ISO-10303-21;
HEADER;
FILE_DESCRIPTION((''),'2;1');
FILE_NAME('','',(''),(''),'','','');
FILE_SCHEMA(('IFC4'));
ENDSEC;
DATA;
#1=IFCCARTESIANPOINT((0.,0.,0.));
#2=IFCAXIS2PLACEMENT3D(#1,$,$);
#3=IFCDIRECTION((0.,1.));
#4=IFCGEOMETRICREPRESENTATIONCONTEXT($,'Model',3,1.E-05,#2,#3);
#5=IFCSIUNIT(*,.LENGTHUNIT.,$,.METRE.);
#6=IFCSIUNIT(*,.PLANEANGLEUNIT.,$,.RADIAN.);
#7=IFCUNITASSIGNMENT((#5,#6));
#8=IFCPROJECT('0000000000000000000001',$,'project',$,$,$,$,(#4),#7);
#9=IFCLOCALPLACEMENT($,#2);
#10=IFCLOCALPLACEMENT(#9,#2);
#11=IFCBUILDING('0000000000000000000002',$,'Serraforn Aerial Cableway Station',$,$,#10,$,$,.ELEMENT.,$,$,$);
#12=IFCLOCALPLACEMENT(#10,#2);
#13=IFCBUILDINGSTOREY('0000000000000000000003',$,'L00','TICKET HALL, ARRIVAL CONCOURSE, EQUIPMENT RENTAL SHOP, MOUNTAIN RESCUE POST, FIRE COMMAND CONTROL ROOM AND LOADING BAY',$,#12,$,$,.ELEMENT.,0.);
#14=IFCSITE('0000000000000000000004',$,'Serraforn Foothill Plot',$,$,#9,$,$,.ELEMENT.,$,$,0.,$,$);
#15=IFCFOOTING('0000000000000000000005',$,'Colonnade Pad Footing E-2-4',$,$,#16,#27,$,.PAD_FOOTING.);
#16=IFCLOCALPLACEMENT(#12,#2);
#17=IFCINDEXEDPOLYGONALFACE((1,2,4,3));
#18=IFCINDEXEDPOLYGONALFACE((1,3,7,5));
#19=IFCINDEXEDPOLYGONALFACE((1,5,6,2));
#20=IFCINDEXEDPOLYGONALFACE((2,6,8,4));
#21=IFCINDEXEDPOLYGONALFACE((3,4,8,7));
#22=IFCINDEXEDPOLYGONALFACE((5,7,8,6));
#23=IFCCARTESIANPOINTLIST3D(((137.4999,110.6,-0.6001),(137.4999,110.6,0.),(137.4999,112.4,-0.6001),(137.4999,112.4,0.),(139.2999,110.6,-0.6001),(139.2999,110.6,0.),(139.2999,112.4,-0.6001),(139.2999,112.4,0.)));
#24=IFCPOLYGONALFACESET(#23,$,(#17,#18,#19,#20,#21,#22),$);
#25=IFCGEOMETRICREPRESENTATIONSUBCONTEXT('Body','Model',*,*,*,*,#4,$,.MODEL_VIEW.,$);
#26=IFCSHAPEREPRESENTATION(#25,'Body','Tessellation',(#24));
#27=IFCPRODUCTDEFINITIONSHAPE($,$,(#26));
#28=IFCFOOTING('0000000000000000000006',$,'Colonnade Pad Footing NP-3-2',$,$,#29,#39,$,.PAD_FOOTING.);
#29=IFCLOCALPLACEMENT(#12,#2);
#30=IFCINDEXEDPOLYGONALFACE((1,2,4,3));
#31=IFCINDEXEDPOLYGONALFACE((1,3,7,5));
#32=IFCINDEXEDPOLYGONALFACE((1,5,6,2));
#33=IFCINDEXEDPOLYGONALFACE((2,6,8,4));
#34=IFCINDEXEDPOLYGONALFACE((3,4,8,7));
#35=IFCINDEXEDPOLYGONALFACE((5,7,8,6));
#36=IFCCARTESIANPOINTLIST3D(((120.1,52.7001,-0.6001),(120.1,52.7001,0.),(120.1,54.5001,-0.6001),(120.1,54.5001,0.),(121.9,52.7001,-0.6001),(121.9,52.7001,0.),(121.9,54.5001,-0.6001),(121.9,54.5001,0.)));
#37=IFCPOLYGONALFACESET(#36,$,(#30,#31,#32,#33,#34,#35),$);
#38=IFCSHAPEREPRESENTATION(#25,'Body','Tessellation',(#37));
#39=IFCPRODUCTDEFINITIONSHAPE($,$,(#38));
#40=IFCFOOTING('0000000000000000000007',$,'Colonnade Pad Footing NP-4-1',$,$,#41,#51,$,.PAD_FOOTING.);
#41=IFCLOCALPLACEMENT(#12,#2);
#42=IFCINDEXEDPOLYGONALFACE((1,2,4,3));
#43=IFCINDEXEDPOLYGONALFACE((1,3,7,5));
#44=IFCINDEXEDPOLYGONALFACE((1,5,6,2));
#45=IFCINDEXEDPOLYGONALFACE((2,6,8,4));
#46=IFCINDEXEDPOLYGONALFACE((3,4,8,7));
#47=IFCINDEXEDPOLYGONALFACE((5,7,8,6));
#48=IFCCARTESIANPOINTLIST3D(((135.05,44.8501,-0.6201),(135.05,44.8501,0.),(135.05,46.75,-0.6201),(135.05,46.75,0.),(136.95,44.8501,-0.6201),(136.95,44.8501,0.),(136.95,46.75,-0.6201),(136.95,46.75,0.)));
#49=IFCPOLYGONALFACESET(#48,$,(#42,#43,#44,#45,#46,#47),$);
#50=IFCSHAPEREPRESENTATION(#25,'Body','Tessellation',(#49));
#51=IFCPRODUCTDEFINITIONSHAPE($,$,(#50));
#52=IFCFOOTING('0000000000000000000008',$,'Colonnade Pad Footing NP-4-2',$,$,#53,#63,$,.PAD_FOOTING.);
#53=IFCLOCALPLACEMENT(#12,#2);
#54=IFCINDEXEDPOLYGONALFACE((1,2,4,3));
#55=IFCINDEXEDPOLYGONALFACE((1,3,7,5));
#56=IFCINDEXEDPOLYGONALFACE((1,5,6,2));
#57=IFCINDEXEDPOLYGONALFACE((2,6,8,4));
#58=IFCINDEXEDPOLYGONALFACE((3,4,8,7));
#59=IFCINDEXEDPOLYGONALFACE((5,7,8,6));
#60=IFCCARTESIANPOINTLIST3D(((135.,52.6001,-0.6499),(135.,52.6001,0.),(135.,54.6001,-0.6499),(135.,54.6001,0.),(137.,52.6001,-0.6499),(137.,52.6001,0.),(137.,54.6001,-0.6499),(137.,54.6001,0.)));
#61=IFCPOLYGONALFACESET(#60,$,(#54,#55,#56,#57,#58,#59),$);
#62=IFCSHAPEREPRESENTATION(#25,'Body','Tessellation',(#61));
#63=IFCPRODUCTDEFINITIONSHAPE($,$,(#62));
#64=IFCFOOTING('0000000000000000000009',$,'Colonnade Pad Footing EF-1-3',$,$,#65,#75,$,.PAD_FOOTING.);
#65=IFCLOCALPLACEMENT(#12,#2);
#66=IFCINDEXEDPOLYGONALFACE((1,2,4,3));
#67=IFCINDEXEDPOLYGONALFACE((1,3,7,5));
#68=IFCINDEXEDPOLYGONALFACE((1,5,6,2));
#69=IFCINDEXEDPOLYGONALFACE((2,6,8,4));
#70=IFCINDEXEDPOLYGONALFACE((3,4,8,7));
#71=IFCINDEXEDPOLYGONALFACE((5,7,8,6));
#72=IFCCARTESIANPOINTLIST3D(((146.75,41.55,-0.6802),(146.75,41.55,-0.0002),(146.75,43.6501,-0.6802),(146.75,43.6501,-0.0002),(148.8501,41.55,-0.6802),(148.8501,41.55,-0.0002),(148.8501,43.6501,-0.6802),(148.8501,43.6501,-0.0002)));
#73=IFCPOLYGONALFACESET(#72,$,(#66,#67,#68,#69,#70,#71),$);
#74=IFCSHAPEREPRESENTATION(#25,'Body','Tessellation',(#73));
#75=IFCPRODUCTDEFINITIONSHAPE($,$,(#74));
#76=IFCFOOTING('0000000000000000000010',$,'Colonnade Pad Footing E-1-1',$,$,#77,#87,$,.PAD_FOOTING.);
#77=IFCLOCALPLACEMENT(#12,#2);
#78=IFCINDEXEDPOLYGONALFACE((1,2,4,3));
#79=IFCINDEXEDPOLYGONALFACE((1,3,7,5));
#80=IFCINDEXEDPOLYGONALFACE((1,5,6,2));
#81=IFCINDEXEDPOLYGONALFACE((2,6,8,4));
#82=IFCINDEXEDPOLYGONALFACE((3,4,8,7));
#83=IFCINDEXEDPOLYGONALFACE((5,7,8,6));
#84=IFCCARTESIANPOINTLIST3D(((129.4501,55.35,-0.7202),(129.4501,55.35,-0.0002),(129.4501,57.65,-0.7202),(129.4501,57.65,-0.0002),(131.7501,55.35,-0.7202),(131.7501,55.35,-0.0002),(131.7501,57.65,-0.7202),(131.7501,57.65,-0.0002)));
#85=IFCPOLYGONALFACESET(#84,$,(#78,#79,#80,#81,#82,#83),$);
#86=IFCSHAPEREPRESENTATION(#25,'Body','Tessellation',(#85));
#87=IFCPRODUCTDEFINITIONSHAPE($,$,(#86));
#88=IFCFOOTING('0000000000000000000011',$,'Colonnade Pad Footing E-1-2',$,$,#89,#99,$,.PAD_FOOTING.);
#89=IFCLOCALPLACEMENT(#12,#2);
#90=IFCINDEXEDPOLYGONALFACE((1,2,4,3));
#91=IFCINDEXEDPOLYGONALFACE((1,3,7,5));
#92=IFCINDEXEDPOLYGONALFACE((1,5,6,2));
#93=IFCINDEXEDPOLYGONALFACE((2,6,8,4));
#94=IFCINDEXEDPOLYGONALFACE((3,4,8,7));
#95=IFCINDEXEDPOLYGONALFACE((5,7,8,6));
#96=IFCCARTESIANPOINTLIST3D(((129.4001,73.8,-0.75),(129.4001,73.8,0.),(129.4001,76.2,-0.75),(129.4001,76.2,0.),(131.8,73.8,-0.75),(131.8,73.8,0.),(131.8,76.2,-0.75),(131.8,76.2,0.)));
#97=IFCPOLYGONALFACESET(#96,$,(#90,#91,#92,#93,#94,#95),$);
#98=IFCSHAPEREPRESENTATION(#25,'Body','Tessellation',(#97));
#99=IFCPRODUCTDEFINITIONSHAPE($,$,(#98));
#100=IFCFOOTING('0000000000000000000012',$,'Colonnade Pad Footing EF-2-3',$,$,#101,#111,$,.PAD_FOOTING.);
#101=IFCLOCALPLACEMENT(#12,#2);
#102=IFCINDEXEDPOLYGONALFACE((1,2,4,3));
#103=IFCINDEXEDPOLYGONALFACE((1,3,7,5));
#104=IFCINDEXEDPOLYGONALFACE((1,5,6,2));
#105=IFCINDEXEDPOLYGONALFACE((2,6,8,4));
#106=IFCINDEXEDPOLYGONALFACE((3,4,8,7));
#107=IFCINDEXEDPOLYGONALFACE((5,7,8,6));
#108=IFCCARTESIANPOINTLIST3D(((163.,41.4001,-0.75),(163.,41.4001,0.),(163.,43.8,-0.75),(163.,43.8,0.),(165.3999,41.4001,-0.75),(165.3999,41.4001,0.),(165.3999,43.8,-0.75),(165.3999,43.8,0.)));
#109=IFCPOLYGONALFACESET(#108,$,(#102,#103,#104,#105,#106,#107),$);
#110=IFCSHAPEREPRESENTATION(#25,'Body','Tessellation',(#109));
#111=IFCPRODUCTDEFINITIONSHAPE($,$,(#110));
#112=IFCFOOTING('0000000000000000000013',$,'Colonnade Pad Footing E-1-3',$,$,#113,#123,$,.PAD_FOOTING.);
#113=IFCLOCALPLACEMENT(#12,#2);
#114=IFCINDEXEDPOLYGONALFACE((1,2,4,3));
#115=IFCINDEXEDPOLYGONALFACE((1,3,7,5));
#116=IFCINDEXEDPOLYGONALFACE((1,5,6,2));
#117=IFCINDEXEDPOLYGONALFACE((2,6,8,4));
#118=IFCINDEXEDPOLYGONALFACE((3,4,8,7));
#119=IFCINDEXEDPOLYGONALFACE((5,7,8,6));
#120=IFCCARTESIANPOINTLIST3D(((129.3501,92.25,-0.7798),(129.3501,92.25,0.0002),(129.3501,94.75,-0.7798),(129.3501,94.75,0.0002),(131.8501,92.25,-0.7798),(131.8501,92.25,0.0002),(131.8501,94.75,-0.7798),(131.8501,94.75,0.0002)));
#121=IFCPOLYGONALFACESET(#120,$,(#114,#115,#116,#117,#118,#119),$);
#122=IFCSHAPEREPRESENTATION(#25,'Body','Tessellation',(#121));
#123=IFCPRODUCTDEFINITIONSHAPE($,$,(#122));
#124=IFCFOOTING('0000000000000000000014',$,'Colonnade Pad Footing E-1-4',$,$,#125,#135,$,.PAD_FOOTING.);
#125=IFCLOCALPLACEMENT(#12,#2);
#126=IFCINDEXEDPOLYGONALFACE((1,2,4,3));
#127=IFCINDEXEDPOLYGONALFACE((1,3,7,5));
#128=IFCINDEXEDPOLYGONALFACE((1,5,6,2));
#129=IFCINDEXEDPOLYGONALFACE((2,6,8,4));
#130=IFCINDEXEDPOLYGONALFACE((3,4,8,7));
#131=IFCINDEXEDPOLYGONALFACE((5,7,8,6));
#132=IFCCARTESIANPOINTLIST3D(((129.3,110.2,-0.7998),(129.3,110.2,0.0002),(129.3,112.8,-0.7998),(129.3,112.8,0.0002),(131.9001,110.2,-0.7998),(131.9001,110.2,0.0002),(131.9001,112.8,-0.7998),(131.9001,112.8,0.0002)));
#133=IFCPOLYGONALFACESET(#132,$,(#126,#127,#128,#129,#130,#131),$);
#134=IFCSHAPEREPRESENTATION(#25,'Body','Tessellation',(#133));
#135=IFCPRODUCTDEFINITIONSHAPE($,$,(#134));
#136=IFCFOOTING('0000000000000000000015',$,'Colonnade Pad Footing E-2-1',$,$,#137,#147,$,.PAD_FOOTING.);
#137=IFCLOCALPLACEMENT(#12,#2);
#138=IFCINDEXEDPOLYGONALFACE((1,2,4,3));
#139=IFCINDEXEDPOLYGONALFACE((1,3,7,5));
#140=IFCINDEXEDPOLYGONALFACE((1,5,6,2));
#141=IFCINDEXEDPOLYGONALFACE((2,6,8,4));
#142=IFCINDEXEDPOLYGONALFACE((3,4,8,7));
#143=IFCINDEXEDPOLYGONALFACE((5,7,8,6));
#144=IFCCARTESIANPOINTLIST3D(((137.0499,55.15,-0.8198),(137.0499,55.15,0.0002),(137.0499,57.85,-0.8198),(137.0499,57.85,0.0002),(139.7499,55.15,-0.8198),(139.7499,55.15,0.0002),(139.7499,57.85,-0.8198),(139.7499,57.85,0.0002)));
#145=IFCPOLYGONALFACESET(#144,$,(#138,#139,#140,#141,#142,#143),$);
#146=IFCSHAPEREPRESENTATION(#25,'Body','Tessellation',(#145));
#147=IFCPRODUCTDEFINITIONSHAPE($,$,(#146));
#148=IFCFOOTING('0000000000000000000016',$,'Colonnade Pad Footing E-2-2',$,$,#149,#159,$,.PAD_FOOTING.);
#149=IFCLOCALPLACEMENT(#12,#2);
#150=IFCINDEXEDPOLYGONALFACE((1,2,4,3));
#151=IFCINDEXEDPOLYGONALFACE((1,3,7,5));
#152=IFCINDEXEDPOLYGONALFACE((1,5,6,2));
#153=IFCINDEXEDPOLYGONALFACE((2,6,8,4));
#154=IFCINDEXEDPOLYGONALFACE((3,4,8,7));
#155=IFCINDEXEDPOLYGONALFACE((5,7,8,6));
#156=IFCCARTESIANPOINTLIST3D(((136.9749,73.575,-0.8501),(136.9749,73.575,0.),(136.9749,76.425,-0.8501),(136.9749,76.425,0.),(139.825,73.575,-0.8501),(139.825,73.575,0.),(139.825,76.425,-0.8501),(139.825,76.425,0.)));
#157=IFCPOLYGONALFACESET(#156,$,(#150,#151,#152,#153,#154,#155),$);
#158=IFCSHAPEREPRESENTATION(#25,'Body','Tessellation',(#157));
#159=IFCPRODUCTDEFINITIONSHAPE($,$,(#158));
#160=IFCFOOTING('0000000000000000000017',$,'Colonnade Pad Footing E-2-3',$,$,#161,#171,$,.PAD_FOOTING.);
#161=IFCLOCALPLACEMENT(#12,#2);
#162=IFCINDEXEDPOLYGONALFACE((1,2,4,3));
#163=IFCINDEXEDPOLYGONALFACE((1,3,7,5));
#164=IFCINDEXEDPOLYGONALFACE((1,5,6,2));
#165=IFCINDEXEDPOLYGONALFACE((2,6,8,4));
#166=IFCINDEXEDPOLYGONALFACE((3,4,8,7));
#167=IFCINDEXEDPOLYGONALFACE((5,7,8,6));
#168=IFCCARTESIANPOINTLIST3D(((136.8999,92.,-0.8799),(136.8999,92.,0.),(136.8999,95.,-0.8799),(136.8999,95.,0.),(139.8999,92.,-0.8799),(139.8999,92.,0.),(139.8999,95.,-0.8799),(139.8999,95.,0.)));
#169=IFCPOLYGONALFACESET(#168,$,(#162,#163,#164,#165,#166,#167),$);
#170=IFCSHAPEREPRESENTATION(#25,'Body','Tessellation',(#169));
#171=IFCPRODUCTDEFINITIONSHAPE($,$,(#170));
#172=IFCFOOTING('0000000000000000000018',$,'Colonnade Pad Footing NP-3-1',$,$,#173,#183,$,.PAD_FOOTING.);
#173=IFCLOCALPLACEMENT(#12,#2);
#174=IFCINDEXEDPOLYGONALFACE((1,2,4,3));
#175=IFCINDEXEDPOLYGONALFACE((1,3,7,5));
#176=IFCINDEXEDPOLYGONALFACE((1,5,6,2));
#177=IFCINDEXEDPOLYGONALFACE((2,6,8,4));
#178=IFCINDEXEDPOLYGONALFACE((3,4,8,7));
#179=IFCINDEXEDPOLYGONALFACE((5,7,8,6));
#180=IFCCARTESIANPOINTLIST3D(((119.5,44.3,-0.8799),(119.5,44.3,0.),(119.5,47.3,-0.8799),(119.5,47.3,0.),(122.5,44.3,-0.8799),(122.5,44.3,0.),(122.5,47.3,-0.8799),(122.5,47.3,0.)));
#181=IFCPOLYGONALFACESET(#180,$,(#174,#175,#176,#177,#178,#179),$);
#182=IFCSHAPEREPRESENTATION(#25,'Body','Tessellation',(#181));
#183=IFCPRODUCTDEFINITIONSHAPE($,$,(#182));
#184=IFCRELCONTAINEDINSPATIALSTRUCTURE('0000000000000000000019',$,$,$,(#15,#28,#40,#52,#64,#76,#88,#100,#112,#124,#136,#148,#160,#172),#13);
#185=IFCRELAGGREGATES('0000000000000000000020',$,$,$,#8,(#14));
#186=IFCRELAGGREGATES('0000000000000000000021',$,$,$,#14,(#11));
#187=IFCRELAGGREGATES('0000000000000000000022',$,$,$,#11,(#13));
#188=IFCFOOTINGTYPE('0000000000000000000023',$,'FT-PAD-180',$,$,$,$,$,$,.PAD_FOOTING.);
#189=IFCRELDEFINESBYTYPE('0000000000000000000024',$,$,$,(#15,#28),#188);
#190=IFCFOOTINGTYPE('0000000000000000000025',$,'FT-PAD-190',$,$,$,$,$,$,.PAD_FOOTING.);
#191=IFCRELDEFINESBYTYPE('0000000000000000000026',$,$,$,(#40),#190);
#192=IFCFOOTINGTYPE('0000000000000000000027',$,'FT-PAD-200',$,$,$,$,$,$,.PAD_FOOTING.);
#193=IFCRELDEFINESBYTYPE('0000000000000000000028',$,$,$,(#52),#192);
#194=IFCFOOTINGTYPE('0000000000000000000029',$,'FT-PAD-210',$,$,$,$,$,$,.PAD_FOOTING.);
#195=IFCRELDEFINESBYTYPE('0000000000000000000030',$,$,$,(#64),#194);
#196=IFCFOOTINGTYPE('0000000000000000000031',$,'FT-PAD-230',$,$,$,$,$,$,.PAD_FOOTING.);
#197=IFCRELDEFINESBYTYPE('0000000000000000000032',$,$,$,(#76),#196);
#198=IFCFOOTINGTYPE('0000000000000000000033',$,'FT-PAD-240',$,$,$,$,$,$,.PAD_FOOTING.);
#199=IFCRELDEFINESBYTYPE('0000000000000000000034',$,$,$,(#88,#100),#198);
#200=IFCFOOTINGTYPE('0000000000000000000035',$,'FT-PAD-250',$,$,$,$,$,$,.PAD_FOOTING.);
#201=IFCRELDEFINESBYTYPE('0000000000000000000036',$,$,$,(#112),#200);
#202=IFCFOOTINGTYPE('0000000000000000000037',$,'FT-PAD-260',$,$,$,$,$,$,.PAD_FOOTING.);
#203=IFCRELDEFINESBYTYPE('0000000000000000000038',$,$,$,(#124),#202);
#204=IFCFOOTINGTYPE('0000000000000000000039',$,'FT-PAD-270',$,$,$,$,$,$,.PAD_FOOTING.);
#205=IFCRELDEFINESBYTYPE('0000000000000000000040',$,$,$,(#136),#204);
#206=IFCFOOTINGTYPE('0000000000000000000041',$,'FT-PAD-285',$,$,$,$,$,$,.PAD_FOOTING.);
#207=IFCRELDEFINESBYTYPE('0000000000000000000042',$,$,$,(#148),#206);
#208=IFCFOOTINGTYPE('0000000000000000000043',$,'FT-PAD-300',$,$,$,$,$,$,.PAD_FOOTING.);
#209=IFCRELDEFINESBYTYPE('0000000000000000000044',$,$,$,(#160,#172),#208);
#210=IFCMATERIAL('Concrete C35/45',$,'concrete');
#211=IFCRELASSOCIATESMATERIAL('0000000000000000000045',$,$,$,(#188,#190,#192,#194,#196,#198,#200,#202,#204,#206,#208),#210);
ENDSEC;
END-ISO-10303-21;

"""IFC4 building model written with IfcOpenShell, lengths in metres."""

from ifc_helpers import new_model, si_unit, direction, frame, origin, origin_2d, place, context, subcontext, project, spatial, rectangle, extrude, material, type_object, element, save


model = new_model("IFC4")

# Units and contexts
model_context = context("Model", 3, precision=1e-05, world=origin(), true_north=direction((0.0, 1.0)))
body_context = subcontext(model_context, "Body", "Model", "MODEL_VIEW")
ifc_project = project(units=[si_unit("LENGTHUNIT", "METRE"), si_unit("PLANEANGLEUNIT", "RADIAN")], contexts=[model_context])

# Site, building, storey
site_placement = place(None, origin())
site = spatial("IfcSite", under=ifc_project, at=site_placement, Name="Serraforn Foothill Plot", CompositionType="ELEMENT", RefElevation=0.0)
building_placement = place(site_placement, origin())
building = spatial("IfcBuilding", under=site, at=building_placement, Name="Serraforn Aerial Cableway Station", CompositionType="ELEMENT")
storey_placement = place(building_placement, origin())
storey = spatial("IfcBuildingStorey", under=building, at=storey_placement, Name="L00", Description="TICKET HALL, ARRIVAL CONCOURSE, EQUIPMENT RENTAL SHOP, MOUNTAIN RESCUE POST, FIRE COMMAND CONTROL ROOM AND LOADING BAY", CompositionType="ELEMENT", Elevation=0.0)

# Footings
ifc_material = material(Name="Concrete C35/45", Category="concrete")
footing_type_1 = type_object("IfcFootingType", Name="FT-PAD-180", PredefinedType="PAD_FOOTING", material=ifc_material)
for number, where, z_axis, x_axis, name in (
    (1, (138.3999, 111.5, -0.6001), (0.0, 0.0, 1.0), (1.0, 0.0, 0.0), "Colonnade Pad Footing E-2-4"),
    (2, (121.0, 53.6001, -0.6001), (0.0, 0.0, 1.0), (1.0, 0.0, 0.0), "Colonnade Pad Footing NP-3-2"),
):
    element("IfcFooting", number, at=place(storey_placement, frame(where, z_axis=z_axis, x_axis=x_axis)), inside=storey, type_object=footing_type_1, Name=name, PredefinedType="PAD_FOOTING", context=body_context, shape_type="SweptSolid", body=[
        extrude(rectangle(XDim=1.8, YDim=1.8, at=origin_2d()), origin(), (0.0, 0.0, 1.0), 0.6001),
    ])
footing_type_2 = type_object("IfcFootingType", Name="FT-PAD-190", PredefinedType="PAD_FOOTING", material=ifc_material)
footing_1_placement = place(storey_placement, frame((136.0, 45.8, -0.6201), z_axis=(0.0, 0.0, 1.0), x_axis=(1.0, 0.0, 0.0)))
element("IfcFooting", 3, at=footing_1_placement, inside=storey, type_object=footing_type_2, Name="Colonnade Pad Footing NP-4-1", PredefinedType="PAD_FOOTING", context=body_context, shape_type="SweptSolid", body=[
    extrude(rectangle(XDim=1.8999, YDim=1.8999, at=origin_2d()), origin(), (0.0, 0.0, 1.0), 0.6201),
])
footing_type_3 = type_object("IfcFootingType", Name="FT-PAD-200", PredefinedType="PAD_FOOTING", material=ifc_material)
footing_2_placement = place(storey_placement, frame((136.0, 53.6001, -0.6499), z_axis=(0.0, 0.0, 1.0), x_axis=(1.0, 0.0, 0.0)))
element("IfcFooting", 4, at=footing_2_placement, inside=storey, type_object=footing_type_3, Name="Colonnade Pad Footing NP-4-2", PredefinedType="PAD_FOOTING", context=body_context, shape_type="SweptSolid", body=[
    extrude(rectangle(XDim=2.0, YDim=2.0, at=origin_2d()), origin(), (0.0, 0.0, 1.0), 0.6499),
])
footing_type_4 = type_object("IfcFootingType", Name="FT-PAD-210", PredefinedType="PAD_FOOTING", material=ifc_material)
footing_3_placement = place(storey_placement, frame((147.8, 42.6001, -0.6802), z_axis=(0.0, 0.0, 1.0), x_axis=(1.0, 0.0, 0.0)))
element("IfcFooting", 5, at=footing_3_placement, inside=storey, type_object=footing_type_4, Name="Colonnade Pad Footing EF-1-3", PredefinedType="PAD_FOOTING", context=body_context, shape_type="SweptSolid", body=[
    extrude(rectangle(XDim=2.1001, YDim=2.1001, at=origin_2d()), origin(), (0.0, 0.0, 1.0), 0.6799),
])
footing_type_5 = type_object("IfcFootingType", Name="FT-PAD-230", PredefinedType="PAD_FOOTING", material=ifc_material)
footing_4_placement = place(storey_placement, frame((130.6001, 56.5, -0.7202), z_axis=(0.0, 0.0, 1.0), x_axis=(1.0, 0.0, 0.0)))
element("IfcFooting", 6, at=footing_4_placement, inside=storey, type_object=footing_type_5, Name="Colonnade Pad Footing E-1-1", PredefinedType="PAD_FOOTING", context=body_context, shape_type="SweptSolid", body=[
    extrude(rectangle(XDim=2.3, YDim=2.3, at=origin_2d()), origin(), (0.0, 0.0, 1.0), 0.72),
])
footing_type_6 = type_object("IfcFootingType", Name="FT-PAD-240", PredefinedType="PAD_FOOTING", material=ifc_material)
for number, where, z_axis, x_axis, name in (
    (7, (130.6001, 75.0, -0.75), (0.0, 0.0, 1.0), (1.0, 0.0, 0.0), "Colonnade Pad Footing E-1-2"),
    (8, (164.2, 42.6001, -0.75), (0.0, 0.0, 1.0), (1.0, 0.0, 0.0), "Colonnade Pad Footing EF-2-3"),
):
    element("IfcFooting", number, at=place(storey_placement, frame(where, z_axis=z_axis, x_axis=x_axis)), inside=storey, type_object=footing_type_6, Name=name, PredefinedType="PAD_FOOTING", context=body_context, shape_type="SweptSolid", body=[
        extrude(rectangle(XDim=2.3999, YDim=2.3999, at=origin_2d()), origin(), (0.0, 0.0, 1.0), 0.75),
    ])
footing_type_7 = type_object("IfcFootingType", Name="FT-PAD-250", PredefinedType="PAD_FOOTING", material=ifc_material)
footing_5_placement = place(storey_placement, frame((130.6001, 93.5, -0.7798), z_axis=(0.0, 0.0, 1.0), x_axis=(1.0, 0.0, 0.0)))
element("IfcFooting", 9, at=footing_5_placement, inside=storey, type_object=footing_type_7, Name="Colonnade Pad Footing E-1-3", PredefinedType="PAD_FOOTING", context=body_context, shape_type="SweptSolid", body=[
    extrude(rectangle(XDim=2.5, YDim=2.5, at=origin_2d()), origin(), (0.0, 0.0, 1.0), 0.78),
])
footing_type_8 = type_object("IfcFootingType", Name="FT-PAD-260", PredefinedType="PAD_FOOTING", material=ifc_material)
footing_6_placement = place(storey_placement, frame((130.6001, 111.5, -0.7998), z_axis=(0.0, 0.0, 1.0), x_axis=(1.0, 0.0, 0.0)))
element("IfcFooting", 10, at=footing_6_placement, inside=storey, type_object=footing_type_8, Name="Colonnade Pad Footing E-1-4", PredefinedType="PAD_FOOTING", context=body_context, shape_type="SweptSolid", body=[
    extrude(rectangle(XDim=2.6001, YDim=2.6001, at=origin_2d()), origin(), (0.0, 0.0, 1.0), 0.8),
])
footing_type_9 = type_object("IfcFootingType", Name="FT-PAD-270", PredefinedType="PAD_FOOTING", material=ifc_material)
footing_7_placement = place(storey_placement, frame((138.3999, 56.5, -0.8198), z_axis=(0.0, 0.0, 1.0), x_axis=(1.0, 0.0, 0.0)))
element("IfcFooting", 11, at=footing_7_placement, inside=storey, type_object=footing_type_9, Name="Colonnade Pad Footing E-2-1", PredefinedType="PAD_FOOTING", context=body_context, shape_type="SweptSolid", body=[
    extrude(rectangle(XDim=2.7, YDim=2.7, at=origin_2d()), origin(), (0.0, 0.0, 1.0), 0.8201),
])
footing_type_10 = type_object("IfcFootingType", Name="FT-PAD-285", PredefinedType="PAD_FOOTING", material=ifc_material)
footing_8_placement = place(storey_placement, frame((138.3999, 75.0, -0.8501), z_axis=(0.0, 0.0, 1.0), x_axis=(1.0, 0.0, 0.0)))
element("IfcFooting", 12, at=footing_8_placement, inside=storey, type_object=footing_type_10, Name="Colonnade Pad Footing E-2-2", PredefinedType="PAD_FOOTING", context=body_context, shape_type="SweptSolid", body=[
    extrude(rectangle(XDim=2.8501, YDim=2.8501, at=origin_2d()), origin(), (0.0, 0.0, 1.0), 0.8501),
])
footing_type_11 = type_object("IfcFootingType", Name="FT-PAD-300", PredefinedType="PAD_FOOTING", material=ifc_material)
for number, where, z_axis, x_axis, name in (
    (13, (138.3999, 93.5, -0.8799), (0.0, 0.0, 1.0), (1.0, 0.0, 0.0), "Colonnade Pad Footing E-2-3"),
    (14, (121.0, 45.8, -0.8799), (0.0, 0.0, 1.0), (1.0, 0.0, 0.0), "Colonnade Pad Footing NP-3-1"),
):
    element("IfcFooting", number, at=place(storey_placement, frame(where, z_axis=z_axis, x_axis=x_axis)), inside=storey, type_object=footing_type_11, Name=name, PredefinedType="PAD_FOOTING", context=body_context, shape_type="SweptSolid", body=[
        extrude(rectangle(XDim=3.0, YDim=3.0, at=origin_2d()), origin(), (0.0, 0.0, 1.0), 0.8799),
    ])

save(model, "model.ifc")
